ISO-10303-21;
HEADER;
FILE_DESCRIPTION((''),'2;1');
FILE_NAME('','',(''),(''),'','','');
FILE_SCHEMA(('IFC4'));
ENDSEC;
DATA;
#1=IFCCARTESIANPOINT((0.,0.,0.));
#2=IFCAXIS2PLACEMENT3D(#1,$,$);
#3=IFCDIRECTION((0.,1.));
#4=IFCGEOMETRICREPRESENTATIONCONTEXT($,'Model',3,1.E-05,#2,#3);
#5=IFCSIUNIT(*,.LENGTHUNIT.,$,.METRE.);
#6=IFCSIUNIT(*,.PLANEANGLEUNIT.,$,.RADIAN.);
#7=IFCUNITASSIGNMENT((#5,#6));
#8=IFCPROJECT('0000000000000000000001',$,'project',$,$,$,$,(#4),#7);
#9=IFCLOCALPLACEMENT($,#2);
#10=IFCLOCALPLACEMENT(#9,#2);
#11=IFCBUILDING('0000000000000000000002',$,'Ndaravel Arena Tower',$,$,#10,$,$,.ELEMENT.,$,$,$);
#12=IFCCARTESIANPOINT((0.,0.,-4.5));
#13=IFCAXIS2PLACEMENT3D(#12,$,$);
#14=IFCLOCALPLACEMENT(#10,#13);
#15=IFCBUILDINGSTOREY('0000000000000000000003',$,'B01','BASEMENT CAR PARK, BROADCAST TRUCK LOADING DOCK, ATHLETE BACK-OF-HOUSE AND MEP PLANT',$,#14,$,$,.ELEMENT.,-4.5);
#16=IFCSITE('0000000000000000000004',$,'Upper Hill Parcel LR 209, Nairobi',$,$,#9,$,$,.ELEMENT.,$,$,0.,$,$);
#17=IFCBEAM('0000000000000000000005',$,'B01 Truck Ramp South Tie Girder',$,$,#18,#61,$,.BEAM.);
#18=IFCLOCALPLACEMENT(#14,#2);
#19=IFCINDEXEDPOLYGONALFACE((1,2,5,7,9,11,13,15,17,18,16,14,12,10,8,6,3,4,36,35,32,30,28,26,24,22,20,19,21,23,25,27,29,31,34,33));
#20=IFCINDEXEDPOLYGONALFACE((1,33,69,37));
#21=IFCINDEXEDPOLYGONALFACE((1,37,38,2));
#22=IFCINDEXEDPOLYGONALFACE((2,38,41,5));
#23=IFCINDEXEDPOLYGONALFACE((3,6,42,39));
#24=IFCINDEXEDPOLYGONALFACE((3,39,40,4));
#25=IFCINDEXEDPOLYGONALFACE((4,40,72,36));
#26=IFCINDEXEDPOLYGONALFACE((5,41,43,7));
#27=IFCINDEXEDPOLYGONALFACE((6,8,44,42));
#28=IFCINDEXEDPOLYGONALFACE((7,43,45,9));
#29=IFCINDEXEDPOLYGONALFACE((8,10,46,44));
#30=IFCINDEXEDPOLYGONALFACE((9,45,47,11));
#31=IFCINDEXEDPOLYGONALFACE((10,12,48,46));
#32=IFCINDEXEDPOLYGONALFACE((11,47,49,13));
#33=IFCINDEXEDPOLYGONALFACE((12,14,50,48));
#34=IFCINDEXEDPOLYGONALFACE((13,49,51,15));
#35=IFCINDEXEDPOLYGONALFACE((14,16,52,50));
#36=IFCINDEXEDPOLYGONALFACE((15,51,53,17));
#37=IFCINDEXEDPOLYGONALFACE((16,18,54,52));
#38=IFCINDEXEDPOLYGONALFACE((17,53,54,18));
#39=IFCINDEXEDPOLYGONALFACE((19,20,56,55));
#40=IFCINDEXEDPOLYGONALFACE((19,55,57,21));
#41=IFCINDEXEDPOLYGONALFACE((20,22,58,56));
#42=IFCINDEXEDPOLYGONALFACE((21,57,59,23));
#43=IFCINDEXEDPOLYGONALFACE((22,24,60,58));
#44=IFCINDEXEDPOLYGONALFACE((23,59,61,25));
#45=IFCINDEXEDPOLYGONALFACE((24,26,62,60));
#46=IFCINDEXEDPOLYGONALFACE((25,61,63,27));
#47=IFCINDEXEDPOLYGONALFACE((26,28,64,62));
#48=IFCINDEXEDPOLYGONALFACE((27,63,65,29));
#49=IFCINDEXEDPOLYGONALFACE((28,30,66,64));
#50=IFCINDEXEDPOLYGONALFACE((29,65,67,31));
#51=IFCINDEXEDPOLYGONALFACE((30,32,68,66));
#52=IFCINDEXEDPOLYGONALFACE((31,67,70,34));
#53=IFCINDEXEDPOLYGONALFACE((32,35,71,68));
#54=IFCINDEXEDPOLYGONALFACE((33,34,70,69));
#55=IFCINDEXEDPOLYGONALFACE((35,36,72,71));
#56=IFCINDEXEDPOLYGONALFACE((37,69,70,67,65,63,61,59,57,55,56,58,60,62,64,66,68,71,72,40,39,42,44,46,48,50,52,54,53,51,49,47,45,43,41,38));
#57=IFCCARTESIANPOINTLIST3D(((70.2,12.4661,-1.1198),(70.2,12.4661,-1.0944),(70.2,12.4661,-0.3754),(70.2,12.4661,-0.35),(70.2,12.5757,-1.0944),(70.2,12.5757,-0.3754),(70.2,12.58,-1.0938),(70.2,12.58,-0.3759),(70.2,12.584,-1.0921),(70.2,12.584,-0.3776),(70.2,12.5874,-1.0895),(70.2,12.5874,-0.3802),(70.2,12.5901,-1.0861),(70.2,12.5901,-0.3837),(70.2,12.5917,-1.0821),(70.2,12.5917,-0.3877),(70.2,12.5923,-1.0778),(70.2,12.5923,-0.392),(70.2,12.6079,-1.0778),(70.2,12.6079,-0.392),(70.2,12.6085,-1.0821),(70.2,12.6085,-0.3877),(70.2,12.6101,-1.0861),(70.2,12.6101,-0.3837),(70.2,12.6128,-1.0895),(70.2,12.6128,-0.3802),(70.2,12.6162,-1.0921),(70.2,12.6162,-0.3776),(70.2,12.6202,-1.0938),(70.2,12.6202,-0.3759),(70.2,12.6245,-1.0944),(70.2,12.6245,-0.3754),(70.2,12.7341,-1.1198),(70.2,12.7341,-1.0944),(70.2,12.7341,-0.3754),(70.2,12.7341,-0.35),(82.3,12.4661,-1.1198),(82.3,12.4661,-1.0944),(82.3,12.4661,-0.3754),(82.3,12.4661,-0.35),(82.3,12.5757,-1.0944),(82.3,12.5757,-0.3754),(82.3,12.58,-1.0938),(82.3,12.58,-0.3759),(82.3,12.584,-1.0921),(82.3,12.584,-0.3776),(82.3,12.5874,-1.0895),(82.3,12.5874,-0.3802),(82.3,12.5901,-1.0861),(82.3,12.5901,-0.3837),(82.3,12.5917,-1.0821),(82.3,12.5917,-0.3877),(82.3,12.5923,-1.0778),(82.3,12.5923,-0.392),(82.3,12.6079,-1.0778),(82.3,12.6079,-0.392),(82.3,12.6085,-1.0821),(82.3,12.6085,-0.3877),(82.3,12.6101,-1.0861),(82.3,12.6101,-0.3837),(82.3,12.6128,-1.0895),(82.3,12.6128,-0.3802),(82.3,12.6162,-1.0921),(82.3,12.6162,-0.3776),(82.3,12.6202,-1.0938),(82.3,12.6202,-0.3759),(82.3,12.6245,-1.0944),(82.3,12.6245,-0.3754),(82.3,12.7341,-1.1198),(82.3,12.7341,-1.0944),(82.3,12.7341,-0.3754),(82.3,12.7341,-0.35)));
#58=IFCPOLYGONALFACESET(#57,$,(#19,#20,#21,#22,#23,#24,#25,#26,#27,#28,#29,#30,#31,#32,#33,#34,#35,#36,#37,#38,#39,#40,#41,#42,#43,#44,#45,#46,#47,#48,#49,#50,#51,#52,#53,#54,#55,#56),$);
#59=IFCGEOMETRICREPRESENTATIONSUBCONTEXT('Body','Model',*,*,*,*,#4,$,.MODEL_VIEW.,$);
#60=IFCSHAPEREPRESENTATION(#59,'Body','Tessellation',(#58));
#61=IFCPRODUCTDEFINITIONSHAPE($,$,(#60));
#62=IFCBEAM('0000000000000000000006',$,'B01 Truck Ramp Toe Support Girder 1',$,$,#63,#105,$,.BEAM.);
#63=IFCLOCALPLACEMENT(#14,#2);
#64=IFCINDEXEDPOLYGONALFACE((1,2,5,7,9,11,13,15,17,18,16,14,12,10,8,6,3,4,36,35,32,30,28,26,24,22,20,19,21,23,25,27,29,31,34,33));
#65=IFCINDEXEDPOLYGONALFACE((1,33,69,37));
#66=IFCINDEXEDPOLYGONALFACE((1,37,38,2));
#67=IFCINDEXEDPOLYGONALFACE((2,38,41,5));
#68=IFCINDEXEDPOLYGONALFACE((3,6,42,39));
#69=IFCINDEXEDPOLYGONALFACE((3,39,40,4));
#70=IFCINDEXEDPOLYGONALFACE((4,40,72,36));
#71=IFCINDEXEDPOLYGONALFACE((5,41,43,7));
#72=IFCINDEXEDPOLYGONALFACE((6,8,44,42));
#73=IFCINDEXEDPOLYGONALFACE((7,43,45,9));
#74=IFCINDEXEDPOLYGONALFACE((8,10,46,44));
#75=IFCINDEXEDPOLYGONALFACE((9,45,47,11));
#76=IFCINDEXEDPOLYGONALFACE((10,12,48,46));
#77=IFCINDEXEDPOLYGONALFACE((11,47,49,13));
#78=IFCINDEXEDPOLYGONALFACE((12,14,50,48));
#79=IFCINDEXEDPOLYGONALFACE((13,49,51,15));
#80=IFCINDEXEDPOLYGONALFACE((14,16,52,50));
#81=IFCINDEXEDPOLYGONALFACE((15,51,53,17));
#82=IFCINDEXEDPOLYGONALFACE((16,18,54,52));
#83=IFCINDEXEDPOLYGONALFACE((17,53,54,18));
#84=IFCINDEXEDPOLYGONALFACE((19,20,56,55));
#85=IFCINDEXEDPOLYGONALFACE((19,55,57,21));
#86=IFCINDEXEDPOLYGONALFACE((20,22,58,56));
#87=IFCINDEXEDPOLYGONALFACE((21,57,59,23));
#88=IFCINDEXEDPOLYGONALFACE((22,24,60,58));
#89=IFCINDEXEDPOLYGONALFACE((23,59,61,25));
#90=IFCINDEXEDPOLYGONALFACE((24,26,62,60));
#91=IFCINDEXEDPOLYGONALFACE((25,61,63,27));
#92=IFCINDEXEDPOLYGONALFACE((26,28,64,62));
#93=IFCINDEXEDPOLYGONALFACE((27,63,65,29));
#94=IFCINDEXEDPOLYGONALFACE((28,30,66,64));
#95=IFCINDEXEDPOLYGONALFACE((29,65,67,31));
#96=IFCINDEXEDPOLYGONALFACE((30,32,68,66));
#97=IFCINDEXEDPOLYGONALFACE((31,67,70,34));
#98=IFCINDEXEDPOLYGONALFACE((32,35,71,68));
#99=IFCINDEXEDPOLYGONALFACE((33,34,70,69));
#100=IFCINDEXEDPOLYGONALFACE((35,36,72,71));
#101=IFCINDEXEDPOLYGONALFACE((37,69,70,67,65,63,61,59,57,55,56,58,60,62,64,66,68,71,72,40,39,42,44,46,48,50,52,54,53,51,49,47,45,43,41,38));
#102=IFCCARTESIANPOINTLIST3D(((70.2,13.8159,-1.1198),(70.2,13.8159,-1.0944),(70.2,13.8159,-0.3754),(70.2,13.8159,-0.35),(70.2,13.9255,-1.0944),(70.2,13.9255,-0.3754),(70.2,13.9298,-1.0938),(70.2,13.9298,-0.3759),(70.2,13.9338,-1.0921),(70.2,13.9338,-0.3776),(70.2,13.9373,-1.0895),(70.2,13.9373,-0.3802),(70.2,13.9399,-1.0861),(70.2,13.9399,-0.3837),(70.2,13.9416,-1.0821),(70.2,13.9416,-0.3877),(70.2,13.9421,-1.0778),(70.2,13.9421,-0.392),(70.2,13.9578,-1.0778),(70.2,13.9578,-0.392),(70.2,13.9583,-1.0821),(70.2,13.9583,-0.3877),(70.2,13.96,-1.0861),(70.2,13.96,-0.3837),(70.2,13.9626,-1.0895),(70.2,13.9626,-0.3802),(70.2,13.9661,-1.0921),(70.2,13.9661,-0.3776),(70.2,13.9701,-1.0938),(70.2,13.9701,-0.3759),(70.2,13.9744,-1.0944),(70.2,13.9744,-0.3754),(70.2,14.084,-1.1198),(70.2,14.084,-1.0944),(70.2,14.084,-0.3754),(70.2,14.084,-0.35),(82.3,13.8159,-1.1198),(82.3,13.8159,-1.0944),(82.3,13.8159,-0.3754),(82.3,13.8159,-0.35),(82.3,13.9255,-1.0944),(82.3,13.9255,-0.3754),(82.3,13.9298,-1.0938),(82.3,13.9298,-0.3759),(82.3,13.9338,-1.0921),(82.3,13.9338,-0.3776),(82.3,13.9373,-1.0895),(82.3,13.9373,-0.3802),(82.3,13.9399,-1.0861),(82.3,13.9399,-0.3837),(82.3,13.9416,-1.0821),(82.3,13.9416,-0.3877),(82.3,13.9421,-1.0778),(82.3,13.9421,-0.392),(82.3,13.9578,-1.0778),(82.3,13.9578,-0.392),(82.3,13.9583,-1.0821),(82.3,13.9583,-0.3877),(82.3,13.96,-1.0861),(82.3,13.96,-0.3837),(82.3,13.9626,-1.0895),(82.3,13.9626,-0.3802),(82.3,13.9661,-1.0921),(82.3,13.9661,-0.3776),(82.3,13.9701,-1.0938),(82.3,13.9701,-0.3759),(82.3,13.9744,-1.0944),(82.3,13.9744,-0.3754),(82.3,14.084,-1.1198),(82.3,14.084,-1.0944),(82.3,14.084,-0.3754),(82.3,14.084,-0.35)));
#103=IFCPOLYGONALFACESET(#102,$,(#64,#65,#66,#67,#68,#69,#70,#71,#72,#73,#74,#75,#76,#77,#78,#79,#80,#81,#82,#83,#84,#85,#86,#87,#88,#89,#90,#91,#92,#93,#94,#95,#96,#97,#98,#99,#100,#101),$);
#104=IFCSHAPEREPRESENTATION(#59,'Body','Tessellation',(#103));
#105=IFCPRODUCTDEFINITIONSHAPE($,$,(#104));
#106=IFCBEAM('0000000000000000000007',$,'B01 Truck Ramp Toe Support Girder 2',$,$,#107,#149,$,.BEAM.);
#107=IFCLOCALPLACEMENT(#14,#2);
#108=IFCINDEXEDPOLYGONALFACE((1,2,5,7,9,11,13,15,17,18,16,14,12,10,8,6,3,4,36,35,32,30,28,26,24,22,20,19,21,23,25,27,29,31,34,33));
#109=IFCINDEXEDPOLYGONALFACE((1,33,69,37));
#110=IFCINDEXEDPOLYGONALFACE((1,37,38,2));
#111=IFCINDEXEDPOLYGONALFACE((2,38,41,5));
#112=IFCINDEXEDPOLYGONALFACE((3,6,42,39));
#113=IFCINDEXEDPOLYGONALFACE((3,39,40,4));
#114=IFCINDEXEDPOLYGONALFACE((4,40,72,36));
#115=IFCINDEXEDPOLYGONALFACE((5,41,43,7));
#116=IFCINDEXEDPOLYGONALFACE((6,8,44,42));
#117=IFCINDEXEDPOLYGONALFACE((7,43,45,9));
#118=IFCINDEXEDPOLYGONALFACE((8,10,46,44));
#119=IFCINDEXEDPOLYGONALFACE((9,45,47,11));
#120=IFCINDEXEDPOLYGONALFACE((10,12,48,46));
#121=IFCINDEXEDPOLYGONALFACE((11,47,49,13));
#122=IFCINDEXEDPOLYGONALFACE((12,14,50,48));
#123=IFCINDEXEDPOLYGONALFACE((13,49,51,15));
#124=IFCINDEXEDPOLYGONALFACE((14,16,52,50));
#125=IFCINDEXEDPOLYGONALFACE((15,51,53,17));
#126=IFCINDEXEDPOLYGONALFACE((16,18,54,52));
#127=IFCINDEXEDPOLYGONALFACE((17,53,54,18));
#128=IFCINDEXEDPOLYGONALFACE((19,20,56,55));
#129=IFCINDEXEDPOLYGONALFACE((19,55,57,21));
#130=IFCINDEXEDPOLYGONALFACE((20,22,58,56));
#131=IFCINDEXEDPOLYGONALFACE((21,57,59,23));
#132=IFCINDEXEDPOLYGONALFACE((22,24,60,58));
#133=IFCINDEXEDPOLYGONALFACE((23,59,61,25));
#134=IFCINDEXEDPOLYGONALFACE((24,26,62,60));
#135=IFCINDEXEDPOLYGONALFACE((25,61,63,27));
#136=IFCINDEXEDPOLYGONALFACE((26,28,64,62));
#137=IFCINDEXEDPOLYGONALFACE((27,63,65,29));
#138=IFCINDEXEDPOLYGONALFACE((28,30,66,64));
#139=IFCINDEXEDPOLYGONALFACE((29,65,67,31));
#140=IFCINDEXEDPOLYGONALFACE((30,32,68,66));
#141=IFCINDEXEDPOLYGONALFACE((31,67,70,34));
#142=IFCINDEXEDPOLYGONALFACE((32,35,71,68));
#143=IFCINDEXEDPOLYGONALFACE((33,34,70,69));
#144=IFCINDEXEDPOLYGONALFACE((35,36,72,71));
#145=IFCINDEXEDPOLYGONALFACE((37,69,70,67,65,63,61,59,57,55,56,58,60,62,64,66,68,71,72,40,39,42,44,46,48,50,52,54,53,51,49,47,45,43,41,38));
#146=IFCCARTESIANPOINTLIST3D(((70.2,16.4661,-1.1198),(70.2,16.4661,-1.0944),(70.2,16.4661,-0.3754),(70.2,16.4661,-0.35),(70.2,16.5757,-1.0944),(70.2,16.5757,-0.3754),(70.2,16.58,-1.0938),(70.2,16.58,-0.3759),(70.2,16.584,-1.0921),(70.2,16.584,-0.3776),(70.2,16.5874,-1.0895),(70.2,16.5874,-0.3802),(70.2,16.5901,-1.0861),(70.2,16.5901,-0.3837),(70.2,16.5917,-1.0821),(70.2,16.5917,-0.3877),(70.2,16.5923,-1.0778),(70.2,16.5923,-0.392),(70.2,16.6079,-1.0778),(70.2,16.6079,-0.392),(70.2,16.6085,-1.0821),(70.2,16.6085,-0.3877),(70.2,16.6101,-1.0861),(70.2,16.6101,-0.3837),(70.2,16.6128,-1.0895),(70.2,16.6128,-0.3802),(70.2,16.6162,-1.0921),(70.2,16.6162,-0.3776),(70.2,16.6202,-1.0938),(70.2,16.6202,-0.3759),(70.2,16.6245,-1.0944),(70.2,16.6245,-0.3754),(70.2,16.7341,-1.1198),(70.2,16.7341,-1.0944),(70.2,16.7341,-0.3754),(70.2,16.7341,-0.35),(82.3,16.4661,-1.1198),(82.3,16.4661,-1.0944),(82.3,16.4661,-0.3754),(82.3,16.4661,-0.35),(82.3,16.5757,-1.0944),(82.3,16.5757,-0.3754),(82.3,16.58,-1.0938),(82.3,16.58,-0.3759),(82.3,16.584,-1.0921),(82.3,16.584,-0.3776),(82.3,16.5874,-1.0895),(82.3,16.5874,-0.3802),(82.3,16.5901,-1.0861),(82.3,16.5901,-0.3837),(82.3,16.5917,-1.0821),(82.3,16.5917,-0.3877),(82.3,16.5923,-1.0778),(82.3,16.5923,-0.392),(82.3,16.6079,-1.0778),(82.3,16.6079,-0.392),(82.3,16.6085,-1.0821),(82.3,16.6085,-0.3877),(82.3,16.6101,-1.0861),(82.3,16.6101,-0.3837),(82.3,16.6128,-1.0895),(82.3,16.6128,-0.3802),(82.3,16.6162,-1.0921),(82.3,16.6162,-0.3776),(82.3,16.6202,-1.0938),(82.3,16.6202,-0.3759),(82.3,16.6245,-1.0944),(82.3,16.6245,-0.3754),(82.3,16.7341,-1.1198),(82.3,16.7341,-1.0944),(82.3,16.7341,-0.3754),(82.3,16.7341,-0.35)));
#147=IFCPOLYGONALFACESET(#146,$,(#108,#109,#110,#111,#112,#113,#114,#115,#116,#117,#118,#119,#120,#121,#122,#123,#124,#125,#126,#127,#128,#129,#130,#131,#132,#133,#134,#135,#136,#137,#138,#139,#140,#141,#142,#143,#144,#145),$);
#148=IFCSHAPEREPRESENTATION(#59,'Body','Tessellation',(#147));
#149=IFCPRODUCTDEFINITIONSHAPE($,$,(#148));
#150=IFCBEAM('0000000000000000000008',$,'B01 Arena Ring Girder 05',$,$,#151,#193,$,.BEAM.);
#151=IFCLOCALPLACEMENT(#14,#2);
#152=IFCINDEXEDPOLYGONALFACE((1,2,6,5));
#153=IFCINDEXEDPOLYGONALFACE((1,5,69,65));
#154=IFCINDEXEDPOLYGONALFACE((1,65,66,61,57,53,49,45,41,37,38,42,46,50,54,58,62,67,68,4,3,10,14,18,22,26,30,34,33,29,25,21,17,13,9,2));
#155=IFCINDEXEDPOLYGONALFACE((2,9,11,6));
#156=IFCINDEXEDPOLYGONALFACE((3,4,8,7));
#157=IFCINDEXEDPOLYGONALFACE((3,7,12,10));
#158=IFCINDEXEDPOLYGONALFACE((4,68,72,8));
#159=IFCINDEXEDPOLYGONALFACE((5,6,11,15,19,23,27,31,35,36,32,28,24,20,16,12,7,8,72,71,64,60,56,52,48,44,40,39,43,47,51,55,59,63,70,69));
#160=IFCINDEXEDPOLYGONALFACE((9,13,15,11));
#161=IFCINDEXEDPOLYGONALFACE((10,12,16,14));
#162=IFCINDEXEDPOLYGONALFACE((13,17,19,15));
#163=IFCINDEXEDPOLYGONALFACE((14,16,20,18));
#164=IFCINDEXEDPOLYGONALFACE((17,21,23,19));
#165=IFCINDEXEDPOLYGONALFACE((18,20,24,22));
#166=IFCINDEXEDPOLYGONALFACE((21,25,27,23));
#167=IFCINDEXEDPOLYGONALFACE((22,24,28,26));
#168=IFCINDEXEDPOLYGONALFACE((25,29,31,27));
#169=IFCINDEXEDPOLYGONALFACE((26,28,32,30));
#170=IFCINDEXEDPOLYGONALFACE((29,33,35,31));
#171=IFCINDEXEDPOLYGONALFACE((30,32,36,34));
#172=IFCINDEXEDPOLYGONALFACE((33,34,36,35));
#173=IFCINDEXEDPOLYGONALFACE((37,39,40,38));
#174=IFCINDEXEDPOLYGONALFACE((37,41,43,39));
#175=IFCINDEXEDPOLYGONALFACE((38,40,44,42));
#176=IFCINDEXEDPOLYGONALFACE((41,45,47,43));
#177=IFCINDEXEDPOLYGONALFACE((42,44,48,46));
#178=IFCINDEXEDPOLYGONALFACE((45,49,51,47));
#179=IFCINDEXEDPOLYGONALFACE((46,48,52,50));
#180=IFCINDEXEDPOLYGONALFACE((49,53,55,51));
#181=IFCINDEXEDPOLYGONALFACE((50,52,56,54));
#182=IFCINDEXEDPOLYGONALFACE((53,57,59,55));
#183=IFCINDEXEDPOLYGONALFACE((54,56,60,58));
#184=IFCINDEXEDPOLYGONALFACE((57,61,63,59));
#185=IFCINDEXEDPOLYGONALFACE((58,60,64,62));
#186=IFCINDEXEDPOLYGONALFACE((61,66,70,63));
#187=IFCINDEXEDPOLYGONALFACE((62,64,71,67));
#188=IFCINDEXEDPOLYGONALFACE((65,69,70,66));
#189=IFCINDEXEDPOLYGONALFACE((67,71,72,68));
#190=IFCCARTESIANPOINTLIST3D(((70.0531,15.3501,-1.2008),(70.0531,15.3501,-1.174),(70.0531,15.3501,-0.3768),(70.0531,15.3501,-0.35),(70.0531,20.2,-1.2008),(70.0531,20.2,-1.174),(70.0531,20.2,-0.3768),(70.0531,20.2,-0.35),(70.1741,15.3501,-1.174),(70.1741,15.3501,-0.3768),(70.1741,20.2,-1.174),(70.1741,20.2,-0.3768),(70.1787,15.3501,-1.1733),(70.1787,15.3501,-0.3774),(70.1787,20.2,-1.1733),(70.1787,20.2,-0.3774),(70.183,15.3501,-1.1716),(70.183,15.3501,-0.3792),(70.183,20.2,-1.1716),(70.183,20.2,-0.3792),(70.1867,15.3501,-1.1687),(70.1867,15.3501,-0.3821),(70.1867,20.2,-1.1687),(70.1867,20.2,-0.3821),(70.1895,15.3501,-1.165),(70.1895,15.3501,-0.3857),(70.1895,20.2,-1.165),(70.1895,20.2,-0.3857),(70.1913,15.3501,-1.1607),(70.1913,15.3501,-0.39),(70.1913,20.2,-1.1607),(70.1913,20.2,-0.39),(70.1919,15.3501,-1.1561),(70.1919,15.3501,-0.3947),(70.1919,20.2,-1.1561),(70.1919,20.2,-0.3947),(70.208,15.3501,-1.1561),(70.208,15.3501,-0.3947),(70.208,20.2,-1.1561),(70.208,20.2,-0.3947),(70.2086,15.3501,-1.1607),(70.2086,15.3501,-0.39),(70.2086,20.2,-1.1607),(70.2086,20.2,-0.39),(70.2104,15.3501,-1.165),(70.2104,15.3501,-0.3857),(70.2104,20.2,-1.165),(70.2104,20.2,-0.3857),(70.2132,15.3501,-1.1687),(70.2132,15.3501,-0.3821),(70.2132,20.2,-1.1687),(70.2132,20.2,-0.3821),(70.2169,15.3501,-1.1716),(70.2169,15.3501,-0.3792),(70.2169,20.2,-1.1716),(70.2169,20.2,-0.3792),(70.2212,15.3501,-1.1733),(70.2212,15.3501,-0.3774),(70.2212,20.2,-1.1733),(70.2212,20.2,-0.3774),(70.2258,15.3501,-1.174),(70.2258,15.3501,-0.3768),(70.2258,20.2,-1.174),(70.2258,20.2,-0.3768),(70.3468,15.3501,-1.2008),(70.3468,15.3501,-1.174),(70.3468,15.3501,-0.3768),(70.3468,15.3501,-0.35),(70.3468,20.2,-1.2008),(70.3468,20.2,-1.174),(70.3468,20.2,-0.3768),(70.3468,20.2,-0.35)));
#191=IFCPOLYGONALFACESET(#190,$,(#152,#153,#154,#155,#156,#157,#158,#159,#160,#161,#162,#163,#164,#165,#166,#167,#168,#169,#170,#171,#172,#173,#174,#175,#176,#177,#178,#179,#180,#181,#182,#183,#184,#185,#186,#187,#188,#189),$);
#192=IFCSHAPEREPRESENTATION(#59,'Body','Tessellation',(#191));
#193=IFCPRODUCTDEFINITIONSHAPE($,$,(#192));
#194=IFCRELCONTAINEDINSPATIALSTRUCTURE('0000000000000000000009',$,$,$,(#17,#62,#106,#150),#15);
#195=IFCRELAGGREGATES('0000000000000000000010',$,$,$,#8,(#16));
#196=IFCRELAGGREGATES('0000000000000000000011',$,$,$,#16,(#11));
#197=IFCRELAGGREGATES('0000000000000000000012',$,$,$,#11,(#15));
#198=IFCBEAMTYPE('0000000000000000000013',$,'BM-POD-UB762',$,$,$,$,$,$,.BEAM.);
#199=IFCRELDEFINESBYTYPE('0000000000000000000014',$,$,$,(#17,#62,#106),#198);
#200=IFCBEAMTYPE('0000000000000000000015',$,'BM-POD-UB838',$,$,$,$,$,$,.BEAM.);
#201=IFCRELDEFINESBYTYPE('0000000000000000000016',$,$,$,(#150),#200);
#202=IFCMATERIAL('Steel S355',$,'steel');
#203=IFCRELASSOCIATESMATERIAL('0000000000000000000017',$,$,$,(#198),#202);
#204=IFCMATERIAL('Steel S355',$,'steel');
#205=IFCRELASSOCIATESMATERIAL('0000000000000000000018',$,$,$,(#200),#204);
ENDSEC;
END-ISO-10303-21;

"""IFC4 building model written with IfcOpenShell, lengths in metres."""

from ifc_helpers import new_model, si_unit, direction, frame, origin, origin_2d, place, context, subcontext, project, spatial, i_section, extrude, material, material_profile, profile_set, type_object, element, save


model = new_model("IFC4")

# Units and contexts
model_context = context("Model", 3, precision=1e-05, world=origin(), true_north=direction((0.0, 1.0)))
body_context = subcontext(model_context, "Body", "Model", "MODEL_VIEW")
ifc_project = project(units=[si_unit("LENGTHUNIT", "METRE"), si_unit("PLANEANGLEUNIT", "RADIAN")], contexts=[model_context])

# Site, building, storey
site_placement = place(None, origin())
site = spatial("IfcSite", under=ifc_project, at=site_placement, Name="Upper Hill Parcel LR 209, Nairobi", CompositionType="ELEMENT", RefElevation=0.0)
building_placement = place(site_placement, origin())
building = spatial("IfcBuilding", under=site, at=building_placement, Name="Ndaravel Arena Tower", CompositionType="ELEMENT")
storey_placement = place(building_placement, frame((0.0, 0.0, -4.5)))
storey = spatial("IfcBuildingStorey", under=building, at=storey_placement, Name="B01", Description="BASEMENT CAR PARK, BROADCAST TRUCK LOADING DOCK, ATHLETE BACK-OF-HOUSE AND MEP PLANT", CompositionType="ELEMENT", Elevation=-4.5)

# Beams
ifc_material_1 = material(Name="Steel S355", Category="steel")
ifc_material_profile_1 = material_profile(ifc_material_1, i_section(OverallWidth=0.2681, OverallDepth=0.7698, WebThickness=0.0156, FlangeThickness=0.0254, FilletRadius=0.0166, at=origin_2d()), Name="UB 762x267x197")
ifc_profile_set_1 = profile_set([ifc_material_profile_1], Name="Steel S355")
beam_type_1 = type_object("IfcBeamType", Name="BM-POD-UB762", PredefinedType="BEAM", material=ifc_profile_set_1)
for number, where, z_axis, x_axis, name in (
    (1, (70.2, 12.6001, -0.7349), (1.0, 0.0, 0.0), (0.0, 1.0, 0.0), "B01 Truck Ramp South Tie Girder"),
    (2, (70.2, 13.95, -0.7349), (1.0, 0.0, 0.0), (0.0, 1.0, 0.0), "B01 Truck Ramp Toe Support Girder 1"),
    (3, (70.2, 16.6001, -0.7349), (1.0, 0.0, 0.0), (0.0, 1.0, 0.0), "B01 Truck Ramp Toe Support Girder 2"),
):
    element("IfcBeam", number, at=place(storey_placement, frame(where, z_axis=z_axis, x_axis=x_axis)), inside=storey, type_object=beam_type_1, Name=name, PredefinedType="BEAM", context=body_context, shape_type="SweptSolid", body=[
        extrude(i_section(OverallWidth=0.2681, OverallDepth=0.7698, WebThickness=0.0156, FlangeThickness=0.0254, FilletRadius=0.0166, at=origin_2d()), origin(), (0.0, 0.0, 1.0), 12.1001),
    ])
ifc_material_2 = material(Name="Steel S355", Category="steel")
ifc_material_profile_2 = material_profile(ifc_material_2, i_section(OverallWidth=0.2937, OverallDepth=0.8508, WebThickness=0.0161, FlangeThickness=0.0269, FilletRadius=0.0178, at=origin_2d()), Name="UB 838x292x226")
ifc_profile_set_2 = profile_set([ifc_material_profile_2], Name="Steel S355")
beam_type_2 = type_object("IfcBeamType", Name="BM-POD-UB838", PredefinedType="BEAM", material=ifc_profile_set_2)
beam_1_placement = place(storey_placement, frame((70.2, 15.3501, -0.7754), z_axis=(0.0, 1.0, 0.0), x_axis=(-1.0, 0.0, 0.0)))
element("IfcBeam", 4, at=beam_1_placement, inside=storey, type_object=beam_type_2, Name="B01 Arena Ring Girder 05", PredefinedType="BEAM", context=body_context, shape_type="SweptSolid", body=[
    extrude(i_section(OverallWidth=0.2937, OverallDepth=0.8508, WebThickness=0.0161, FlangeThickness=0.0269, FilletRadius=0.0178, at=origin_2d()), origin(), (0.0, 0.0, 1.0), 4.8499),
])

save(model, "model.ifc")
